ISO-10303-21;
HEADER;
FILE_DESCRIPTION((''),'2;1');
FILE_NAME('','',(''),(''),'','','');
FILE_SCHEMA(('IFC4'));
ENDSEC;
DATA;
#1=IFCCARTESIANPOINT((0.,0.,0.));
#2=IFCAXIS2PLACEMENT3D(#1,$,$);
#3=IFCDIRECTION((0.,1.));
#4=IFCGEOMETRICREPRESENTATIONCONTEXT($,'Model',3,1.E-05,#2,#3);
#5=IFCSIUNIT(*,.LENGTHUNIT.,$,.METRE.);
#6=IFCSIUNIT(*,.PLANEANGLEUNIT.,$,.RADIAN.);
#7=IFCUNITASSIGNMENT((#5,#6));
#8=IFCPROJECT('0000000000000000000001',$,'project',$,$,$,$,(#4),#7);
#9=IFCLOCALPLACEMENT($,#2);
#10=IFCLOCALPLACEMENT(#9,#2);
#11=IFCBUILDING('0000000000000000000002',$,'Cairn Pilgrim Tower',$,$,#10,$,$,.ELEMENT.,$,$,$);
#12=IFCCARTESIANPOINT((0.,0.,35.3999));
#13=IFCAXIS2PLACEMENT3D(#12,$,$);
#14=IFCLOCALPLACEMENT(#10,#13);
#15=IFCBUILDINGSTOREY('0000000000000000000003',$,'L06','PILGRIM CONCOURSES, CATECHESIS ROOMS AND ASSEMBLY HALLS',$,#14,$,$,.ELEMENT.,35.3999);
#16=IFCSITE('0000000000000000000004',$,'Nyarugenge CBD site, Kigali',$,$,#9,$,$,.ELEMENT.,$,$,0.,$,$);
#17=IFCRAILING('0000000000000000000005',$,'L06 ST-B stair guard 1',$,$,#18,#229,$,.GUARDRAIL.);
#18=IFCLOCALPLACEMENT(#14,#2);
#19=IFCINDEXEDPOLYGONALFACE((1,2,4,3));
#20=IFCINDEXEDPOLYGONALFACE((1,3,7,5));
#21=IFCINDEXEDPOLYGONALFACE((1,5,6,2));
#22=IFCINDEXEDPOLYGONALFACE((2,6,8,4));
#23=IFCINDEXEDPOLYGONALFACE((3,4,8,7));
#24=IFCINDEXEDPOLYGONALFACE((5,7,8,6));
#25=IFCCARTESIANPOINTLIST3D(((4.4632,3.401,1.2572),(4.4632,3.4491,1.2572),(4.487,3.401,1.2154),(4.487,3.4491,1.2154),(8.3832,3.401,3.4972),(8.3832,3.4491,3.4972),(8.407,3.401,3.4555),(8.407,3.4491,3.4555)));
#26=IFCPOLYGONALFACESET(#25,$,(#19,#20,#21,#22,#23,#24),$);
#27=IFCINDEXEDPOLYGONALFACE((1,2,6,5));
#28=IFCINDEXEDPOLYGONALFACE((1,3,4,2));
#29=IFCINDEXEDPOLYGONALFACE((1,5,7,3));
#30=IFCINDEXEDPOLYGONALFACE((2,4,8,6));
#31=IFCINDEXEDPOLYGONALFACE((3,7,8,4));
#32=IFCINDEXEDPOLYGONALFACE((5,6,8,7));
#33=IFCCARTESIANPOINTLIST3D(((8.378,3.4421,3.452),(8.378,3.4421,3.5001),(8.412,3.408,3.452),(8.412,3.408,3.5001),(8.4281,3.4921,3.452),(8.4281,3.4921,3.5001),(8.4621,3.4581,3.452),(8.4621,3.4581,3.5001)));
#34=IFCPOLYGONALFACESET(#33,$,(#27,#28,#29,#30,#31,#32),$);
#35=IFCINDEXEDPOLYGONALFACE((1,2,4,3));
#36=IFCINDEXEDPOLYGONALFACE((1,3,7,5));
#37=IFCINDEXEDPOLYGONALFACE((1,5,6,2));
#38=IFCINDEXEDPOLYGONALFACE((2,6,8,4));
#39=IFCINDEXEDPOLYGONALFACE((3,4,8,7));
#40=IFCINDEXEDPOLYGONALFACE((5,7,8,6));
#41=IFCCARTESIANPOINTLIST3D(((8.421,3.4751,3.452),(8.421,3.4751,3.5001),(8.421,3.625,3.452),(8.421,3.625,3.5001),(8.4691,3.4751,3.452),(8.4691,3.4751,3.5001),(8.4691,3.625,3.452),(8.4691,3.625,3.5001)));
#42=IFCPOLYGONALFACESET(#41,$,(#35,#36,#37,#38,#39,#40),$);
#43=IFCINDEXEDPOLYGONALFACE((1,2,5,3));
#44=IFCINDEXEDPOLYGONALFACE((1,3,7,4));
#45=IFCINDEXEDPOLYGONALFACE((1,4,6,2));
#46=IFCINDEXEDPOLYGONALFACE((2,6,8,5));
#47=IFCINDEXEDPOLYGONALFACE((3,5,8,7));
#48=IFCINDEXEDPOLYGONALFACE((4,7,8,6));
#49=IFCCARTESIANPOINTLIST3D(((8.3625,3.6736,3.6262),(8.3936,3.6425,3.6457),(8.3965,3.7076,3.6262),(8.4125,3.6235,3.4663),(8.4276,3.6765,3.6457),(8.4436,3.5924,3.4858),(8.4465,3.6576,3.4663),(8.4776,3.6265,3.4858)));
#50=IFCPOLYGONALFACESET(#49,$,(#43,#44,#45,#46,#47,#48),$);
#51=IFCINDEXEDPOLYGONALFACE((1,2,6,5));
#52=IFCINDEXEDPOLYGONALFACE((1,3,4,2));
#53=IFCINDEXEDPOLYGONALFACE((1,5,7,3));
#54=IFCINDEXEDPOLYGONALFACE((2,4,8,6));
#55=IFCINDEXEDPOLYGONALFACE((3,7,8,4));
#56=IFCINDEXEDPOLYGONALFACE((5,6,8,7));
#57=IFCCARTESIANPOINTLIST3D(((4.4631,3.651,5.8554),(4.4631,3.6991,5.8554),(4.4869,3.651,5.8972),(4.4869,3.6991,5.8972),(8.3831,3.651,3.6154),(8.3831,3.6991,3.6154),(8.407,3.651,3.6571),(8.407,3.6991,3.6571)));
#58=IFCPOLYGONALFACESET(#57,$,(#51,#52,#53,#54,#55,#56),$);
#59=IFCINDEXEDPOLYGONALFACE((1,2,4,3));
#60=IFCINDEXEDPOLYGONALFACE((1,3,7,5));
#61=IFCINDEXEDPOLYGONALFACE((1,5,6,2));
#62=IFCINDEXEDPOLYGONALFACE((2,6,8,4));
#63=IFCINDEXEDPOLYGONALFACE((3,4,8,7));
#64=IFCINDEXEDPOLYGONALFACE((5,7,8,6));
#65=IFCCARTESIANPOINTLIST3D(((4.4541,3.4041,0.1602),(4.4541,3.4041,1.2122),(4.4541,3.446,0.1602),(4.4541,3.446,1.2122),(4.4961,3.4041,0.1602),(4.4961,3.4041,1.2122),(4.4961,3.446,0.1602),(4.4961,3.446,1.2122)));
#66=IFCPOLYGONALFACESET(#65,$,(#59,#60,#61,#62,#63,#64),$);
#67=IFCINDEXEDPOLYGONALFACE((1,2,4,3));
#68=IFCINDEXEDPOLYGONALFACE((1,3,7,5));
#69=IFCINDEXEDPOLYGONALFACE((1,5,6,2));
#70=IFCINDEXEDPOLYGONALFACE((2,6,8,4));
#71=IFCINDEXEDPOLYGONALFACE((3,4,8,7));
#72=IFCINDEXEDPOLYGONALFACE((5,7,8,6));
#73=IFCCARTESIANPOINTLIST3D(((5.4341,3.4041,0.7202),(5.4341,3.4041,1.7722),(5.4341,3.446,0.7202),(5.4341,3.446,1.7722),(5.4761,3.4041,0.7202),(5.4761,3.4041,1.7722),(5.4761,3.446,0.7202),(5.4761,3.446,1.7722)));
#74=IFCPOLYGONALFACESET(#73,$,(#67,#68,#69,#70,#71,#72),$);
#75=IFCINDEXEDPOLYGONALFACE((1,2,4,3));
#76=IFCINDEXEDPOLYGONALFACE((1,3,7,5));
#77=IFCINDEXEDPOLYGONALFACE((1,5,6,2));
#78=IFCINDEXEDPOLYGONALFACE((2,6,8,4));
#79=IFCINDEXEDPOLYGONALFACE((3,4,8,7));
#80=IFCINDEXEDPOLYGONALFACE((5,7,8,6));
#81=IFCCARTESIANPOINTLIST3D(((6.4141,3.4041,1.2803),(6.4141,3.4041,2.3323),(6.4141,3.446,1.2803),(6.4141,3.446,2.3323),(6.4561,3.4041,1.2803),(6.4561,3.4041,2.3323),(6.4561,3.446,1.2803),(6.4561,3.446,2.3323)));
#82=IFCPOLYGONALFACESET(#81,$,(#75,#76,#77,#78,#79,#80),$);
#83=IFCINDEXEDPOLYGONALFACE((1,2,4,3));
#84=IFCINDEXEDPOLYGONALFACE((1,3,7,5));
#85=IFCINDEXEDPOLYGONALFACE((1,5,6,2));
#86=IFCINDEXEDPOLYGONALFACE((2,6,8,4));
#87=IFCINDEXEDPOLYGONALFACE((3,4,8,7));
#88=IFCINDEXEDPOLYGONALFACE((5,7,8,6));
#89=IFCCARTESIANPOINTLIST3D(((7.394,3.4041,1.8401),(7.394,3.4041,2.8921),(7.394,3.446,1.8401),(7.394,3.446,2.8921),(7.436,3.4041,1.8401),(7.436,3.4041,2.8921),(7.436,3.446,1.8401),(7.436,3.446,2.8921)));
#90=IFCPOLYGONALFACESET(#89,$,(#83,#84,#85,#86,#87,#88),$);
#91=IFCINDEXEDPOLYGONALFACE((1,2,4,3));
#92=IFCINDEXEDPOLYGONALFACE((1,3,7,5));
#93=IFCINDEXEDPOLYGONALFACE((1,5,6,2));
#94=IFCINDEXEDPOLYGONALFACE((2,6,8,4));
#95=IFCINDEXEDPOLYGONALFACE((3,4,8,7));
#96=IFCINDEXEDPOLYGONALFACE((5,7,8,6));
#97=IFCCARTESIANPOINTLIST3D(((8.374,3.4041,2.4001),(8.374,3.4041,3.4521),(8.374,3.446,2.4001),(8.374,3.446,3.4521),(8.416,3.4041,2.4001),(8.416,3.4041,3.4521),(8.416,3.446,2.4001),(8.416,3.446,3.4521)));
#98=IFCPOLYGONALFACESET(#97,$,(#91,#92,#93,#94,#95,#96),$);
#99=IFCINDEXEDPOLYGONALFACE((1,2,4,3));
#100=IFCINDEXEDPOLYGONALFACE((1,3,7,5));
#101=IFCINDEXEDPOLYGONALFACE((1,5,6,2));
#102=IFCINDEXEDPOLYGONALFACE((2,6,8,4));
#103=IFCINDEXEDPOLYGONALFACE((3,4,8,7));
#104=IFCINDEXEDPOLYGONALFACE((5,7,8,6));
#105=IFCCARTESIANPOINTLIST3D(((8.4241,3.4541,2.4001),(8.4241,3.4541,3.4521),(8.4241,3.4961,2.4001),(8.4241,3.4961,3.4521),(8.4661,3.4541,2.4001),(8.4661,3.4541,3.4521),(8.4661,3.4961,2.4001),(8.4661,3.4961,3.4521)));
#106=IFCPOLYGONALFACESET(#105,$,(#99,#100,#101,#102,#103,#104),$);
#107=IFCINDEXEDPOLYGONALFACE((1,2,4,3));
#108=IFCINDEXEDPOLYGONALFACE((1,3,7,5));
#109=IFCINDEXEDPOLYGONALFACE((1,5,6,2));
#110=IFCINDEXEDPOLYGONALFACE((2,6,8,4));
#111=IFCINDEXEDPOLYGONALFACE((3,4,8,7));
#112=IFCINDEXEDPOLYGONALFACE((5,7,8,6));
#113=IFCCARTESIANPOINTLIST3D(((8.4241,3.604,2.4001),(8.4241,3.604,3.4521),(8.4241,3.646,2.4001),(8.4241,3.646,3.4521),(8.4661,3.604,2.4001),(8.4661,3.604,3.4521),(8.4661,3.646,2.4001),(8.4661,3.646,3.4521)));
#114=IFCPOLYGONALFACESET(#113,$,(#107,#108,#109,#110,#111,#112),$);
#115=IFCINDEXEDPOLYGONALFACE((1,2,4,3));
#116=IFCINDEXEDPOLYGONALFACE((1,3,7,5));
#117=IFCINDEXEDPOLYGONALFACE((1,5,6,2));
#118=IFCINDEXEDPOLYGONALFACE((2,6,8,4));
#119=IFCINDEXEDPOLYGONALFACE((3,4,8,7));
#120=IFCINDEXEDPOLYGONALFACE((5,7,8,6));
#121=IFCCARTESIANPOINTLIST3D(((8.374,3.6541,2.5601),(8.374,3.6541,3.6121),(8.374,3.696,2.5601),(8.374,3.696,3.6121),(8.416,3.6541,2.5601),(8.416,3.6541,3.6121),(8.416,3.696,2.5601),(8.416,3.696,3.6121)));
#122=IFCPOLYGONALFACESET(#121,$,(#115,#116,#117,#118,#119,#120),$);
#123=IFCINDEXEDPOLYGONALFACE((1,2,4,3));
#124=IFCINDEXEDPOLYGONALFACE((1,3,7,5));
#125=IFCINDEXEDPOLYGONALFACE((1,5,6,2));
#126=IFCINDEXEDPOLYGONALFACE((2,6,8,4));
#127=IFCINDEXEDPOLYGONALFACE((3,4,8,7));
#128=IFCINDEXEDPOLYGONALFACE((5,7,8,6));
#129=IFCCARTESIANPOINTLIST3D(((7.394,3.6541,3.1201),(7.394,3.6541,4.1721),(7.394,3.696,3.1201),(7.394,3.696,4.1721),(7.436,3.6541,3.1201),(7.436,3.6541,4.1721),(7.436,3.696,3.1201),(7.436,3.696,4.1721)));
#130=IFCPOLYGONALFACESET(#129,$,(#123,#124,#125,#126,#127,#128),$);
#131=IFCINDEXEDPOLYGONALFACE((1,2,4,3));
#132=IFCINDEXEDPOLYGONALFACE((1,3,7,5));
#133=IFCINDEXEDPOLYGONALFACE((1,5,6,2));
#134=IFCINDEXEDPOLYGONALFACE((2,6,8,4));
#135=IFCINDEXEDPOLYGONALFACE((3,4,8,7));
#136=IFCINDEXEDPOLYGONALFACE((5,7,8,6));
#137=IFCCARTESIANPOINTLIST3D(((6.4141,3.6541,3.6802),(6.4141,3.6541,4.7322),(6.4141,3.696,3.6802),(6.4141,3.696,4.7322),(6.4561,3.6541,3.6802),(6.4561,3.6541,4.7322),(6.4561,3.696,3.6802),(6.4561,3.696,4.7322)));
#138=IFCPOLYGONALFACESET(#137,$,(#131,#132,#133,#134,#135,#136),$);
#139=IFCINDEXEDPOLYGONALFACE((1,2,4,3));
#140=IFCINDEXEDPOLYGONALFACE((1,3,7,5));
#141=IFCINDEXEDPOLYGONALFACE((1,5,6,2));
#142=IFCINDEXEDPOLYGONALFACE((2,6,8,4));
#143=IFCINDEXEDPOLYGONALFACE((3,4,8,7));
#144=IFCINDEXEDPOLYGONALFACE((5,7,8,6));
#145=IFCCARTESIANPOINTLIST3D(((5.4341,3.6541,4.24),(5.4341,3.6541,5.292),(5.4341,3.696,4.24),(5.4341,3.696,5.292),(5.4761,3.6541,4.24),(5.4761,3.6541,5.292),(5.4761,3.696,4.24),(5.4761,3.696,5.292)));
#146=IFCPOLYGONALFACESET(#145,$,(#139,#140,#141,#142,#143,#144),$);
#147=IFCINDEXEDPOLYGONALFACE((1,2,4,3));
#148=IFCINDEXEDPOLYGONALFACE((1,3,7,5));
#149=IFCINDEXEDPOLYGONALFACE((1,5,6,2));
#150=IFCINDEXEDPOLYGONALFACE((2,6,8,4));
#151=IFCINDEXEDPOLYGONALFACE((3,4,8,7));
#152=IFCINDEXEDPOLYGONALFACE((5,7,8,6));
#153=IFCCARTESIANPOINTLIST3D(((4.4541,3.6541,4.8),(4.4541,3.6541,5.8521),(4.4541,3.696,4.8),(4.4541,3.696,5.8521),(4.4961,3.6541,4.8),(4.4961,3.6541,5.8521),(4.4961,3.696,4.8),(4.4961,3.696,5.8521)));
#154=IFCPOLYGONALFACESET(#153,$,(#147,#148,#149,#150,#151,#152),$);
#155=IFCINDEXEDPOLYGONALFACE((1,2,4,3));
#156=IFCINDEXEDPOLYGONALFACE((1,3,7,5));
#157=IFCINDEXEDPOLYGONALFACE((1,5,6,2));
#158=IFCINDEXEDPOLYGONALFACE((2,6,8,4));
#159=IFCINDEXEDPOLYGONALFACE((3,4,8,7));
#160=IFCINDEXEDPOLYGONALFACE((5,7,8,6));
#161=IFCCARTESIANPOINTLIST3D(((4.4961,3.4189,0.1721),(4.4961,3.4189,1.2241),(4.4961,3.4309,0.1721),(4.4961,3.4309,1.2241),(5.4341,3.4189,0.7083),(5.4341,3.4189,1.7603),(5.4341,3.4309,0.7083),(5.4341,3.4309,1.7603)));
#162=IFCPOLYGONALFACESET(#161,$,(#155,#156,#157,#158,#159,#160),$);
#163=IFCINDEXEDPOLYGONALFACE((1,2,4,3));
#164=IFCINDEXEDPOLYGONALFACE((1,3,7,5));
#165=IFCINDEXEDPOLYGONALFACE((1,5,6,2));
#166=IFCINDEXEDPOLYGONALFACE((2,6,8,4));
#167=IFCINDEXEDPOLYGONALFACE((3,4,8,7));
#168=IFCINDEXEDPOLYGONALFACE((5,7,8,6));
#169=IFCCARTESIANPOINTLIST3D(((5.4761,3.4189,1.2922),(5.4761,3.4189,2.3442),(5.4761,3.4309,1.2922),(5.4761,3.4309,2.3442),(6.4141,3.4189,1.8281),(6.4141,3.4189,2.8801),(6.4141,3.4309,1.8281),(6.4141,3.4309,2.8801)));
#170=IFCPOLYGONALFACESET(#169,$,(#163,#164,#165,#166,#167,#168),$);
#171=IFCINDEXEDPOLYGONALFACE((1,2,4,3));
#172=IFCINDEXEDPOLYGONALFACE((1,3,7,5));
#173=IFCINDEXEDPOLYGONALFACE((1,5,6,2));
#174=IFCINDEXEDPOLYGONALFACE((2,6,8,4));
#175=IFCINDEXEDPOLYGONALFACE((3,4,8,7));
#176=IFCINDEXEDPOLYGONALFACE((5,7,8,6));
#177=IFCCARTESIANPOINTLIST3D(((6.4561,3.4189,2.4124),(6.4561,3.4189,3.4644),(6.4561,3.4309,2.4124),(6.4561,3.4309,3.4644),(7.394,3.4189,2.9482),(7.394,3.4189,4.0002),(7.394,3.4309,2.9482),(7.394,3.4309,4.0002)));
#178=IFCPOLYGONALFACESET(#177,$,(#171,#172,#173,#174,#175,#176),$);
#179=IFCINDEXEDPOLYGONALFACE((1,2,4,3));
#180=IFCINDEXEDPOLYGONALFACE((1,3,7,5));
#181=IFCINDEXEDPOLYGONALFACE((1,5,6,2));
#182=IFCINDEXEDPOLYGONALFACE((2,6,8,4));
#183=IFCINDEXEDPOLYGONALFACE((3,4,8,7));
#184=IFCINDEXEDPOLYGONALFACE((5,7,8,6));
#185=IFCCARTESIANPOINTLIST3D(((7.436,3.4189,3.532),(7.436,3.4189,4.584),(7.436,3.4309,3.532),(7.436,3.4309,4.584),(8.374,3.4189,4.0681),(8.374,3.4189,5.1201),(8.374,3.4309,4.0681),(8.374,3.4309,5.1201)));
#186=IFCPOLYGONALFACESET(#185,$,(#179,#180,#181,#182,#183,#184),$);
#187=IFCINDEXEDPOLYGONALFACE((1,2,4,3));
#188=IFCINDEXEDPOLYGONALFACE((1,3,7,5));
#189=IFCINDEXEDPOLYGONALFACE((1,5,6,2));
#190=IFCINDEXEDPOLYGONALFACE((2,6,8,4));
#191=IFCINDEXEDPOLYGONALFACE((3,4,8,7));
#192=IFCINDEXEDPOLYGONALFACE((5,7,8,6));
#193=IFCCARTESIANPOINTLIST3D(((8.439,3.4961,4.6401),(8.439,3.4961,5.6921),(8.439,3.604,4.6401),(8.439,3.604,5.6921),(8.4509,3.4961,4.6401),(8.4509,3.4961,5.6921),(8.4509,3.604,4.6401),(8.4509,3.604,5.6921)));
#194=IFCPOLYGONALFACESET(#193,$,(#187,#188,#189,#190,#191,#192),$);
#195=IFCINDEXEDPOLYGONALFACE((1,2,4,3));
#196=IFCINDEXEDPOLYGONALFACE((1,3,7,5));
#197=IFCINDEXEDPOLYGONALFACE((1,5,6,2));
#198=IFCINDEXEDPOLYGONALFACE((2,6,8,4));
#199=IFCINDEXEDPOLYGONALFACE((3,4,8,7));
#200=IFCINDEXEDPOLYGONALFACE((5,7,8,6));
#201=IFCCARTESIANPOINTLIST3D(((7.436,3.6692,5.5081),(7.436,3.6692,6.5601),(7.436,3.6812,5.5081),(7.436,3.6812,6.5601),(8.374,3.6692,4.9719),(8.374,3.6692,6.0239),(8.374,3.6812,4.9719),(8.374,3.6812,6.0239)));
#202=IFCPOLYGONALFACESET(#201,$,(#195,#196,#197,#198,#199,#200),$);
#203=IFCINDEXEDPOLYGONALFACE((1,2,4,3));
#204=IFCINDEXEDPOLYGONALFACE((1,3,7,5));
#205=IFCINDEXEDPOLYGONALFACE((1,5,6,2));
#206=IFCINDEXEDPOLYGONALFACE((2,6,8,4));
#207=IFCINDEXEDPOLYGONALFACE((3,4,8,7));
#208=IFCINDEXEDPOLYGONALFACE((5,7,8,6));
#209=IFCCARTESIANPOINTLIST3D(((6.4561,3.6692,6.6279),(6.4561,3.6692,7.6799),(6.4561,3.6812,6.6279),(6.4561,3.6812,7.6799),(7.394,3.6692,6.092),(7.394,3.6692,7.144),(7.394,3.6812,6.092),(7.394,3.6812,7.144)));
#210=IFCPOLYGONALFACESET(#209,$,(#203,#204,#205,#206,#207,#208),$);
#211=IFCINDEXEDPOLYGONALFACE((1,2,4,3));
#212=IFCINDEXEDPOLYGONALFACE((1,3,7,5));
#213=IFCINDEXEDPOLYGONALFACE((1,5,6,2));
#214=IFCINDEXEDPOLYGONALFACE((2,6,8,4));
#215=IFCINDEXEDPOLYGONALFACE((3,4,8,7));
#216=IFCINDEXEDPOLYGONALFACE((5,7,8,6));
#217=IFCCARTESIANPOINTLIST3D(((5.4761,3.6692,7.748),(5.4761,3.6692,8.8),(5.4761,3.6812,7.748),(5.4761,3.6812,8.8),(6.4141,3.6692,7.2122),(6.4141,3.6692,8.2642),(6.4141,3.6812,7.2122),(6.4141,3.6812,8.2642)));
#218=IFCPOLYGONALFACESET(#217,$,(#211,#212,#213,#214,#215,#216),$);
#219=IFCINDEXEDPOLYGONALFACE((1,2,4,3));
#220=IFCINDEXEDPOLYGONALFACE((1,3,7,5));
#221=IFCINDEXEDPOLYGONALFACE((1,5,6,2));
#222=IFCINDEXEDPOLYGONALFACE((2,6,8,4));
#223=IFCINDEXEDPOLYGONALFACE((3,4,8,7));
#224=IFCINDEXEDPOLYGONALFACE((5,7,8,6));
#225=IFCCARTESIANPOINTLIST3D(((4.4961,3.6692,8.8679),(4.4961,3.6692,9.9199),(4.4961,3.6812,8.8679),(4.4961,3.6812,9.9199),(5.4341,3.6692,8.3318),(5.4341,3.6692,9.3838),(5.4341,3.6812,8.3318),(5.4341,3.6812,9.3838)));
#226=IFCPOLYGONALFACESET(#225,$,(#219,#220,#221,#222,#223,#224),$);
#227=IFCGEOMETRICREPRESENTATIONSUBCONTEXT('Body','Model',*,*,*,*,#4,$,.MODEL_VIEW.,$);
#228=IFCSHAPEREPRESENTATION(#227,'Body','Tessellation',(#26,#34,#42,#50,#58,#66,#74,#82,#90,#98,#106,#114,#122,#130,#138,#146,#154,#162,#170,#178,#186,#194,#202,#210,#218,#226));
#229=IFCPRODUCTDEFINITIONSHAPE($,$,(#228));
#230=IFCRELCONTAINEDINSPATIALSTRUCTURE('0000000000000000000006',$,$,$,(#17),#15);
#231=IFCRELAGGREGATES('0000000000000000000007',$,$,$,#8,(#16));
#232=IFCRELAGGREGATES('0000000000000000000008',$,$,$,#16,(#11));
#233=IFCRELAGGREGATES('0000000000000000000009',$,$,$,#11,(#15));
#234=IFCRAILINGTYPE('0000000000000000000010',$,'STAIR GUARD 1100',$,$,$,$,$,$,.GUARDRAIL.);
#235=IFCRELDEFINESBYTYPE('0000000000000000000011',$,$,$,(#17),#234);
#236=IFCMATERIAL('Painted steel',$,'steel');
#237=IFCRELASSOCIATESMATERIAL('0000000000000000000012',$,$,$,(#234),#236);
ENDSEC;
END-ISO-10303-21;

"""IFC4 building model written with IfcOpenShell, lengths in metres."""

from ifc_helpers import new_model, si_unit, direction, frame, origin, origin_2d, place, context, subcontext, project, spatial, polyline, rectangle, outline, extrude, material, type_object, element, save


model = new_model("IFC4")

# Units and contexts
model_context = context("Model", 3, precision=1e-05, world=origin(), true_north=direction((0.0, 1.0)))
body_context = subcontext(model_context, "Body", "Model", "MODEL_VIEW")
ifc_project = project(units=[si_unit("LENGTHUNIT", "METRE"), si_unit("PLANEANGLEUNIT", "RADIAN")], contexts=[model_context])

# Site, building, storey
site_placement = place(None, origin())
site = spatial("IfcSite", under=ifc_project, at=site_placement, Name="Nyarugenge CBD site, Kigali", CompositionType="ELEMENT", RefElevation=0.0)
building_placement = place(site_placement, origin())
building = spatial("IfcBuilding", under=site, at=building_placement, Name="Cairn Pilgrim Tower", CompositionType="ELEMENT")
storey_placement = place(building_placement, frame((0.0, 0.0, 35.3999)))
storey = spatial("IfcBuildingStorey", under=building, at=storey_placement, Name="L06", Description="PILGRIM CONCOURSES, CATECHESIS ROOMS AND ASSEMBLY HALLS", CompositionType="ELEMENT", Elevation=35.3999)

# Shared definitions
ifc_material_1 = material(Name="Painted steel", Category="steel")

# Railing
railing_type_1 = type_object("IfcRailingType", Name="STAIR GUARD 1100", PredefinedType="GUARDRAIL", material=ifc_material_1)
railing_1_placement = place(storey_placement, frame((4.4751, 3.425, 0.1602)))
element("IfcRailing", 1, at=railing_1_placement, inside=storey, type_object=railing_type_1, Name="L06 ST-B stair guard 1", PredefinedType="GUARDRAIL", context=body_context, shape_type="SweptSolid", body=[
    extrude(rectangle(XDim=0.0481, YDim=0.0481, at=origin_2d()), frame((0.0, 0.0, 1.0762), z_axis=(0.86824, 0.0, 0.496145), x_axis=(0.0, 1.0, 0.0)), (0.0, 0.0, 1.0), 4.5149),
    extrude(rectangle(XDim=0.0481, YDim=0.0481, at=origin_2d()), frame((3.9199, 0.0, 3.3159), z_axis=(0.707107, 0.707107, 0.0), x_axis=(-0.707107, 0.707107, 0.0)), (0.0, 0.0, 1.0), 0.0708),
    extrude(rectangle(XDim=0.0481, YDim=0.0481, at=origin_2d()), frame((3.97, 0.05, 3.3159), z_axis=(0.0, 1.0, 0.0), x_axis=(-1.0, 0.0, 0.0)), (0.0, 0.0, 1.0), 0.1499),
    extrude(rectangle(XDim=0.0481, YDim=0.0481, at=origin_2d()), frame((3.97, 0.2, 3.3159), z_axis=(-0.286196, 0.286196, 0.914431), x_axis=(-0.707107, -0.707107, 0.0)), (0.0, 0.0, 1.0), 0.1748),
    extrude(rectangle(XDim=0.0481, YDim=0.0481, at=origin_2d()), frame((3.9199, 0.25, 3.4761), z_axis=(-0.86824, 0.0, 0.496145), x_axis=(0.0, -1.0, 0.0)), (0.0, 0.0, 1.0), 4.5149),
    extrude(rectangle(XDim=0.042, YDim=0.042, at=origin_2d()), origin(), (0.0, 0.0, 1.0), 1.052),
    extrude(rectangle(XDim=0.042, YDim=0.042, at=origin_2d()), frame((0.98, 0.0, 0.5601)), (0.0, 0.0, 1.0), 1.052),
    extrude(rectangle(XDim=0.042, YDim=0.042, at=origin_2d()), frame((1.96, 0.0, 1.1201)), (0.0, 0.0, 1.0), 1.052),
    extrude(rectangle(XDim=0.042, YDim=0.042, at=origin_2d()), frame((2.9399, 0.0, 1.6799)), (0.0, 0.0, 1.0), 1.052),
    extrude(rectangle(XDim=0.042, YDim=0.042, at=origin_2d()), frame((3.9199, 0.0, 2.24)), (0.0, 0.0, 1.0), 1.052),
    extrude(rectangle(XDim=0.042, YDim=0.042, at=origin_2d()), frame((3.97, 0.05, 2.24)), (0.0, 0.0, 1.0), 1.052),
    extrude(rectangle(XDim=0.042, YDim=0.042, at=origin_2d()), frame((3.97, 0.2, 2.24)), (0.0, 0.0, 1.0), 1.052),
    extrude(rectangle(XDim=0.042, YDim=0.042, at=origin_2d()), frame((3.9199, 0.25, 2.3999)), (0.0, 0.0, 1.0), 1.052),
    extrude(rectangle(XDim=0.042, YDim=0.042, at=origin_2d()), frame((2.9399, 0.25, 2.96)), (0.0, 0.0, 1.0), 1.052),
    extrude(rectangle(XDim=0.042, YDim=0.042, at=origin_2d()), frame((1.96, 0.25, 3.52)), (0.0, 0.0, 1.0), 1.052),
    extrude(rectangle(XDim=0.042, YDim=0.042, at=origin_2d()), frame((0.98, 0.25, 4.0798)), (0.0, 0.0, 1.0), 1.052),
    extrude(rectangle(XDim=0.042, YDim=0.042, at=origin_2d()), frame((0.0, 0.25, 4.6399)), (0.0, 0.0, 1.0), 1.052),
    extrude(outline(polyline([(0.021, 0.012), (0.959, 0.5481), (0.959, 1.6001), (0.021, 1.064), (0.021, 0.012)])), frame((0.0, 0.0059, 0.0), z_axis=(0.0, -1.0, 0.0), x_axis=(1.0, 0.0, 0.0)), (0.0, 0.0, 1.0), 0.012),
    extrude(outline(polyline([(0.021, 0.572), (0.959, 1.1079), (0.959, 2.1599), (0.021, 1.624), (0.021, 0.572)])), frame((0.98, 0.0059, 0.5601), z_axis=(0.0, -1.0, 0.0), x_axis=(1.0, 0.0, 0.0)), (0.0, 0.0, 1.0), 0.012),
    extrude(outline(polyline([(0.021, 1.1321), (0.959, 1.668), (0.959, 2.72), (0.021, 2.1841), (0.021, 1.1321)])), frame((1.96, 0.0059, 1.1201), z_axis=(0.0, -1.0, 0.0), x_axis=(1.0, 0.0, 0.0)), (0.0, 0.0, 1.0), 0.012),
    extrude(outline(polyline([(0.021, 1.6919), (0.959, 2.228), (0.959, 3.28), (0.021, 2.7439), (0.021, 1.6919)])), frame((2.9399, 0.0059, 1.6799), z_axis=(0.0, -1.0, 0.0), x_axis=(1.0, 0.0, 0.0)), (0.0, 0.0, 1.0), 0.012),
    extrude(outline(polyline([(0.021, 2.24), (0.1289, 2.24), (0.1289, 3.292), (0.021, 3.292), (0.021, 2.24)])), frame((3.9639, 0.05, 2.24), z_axis=(1.0, 0.0, 0.0), x_axis=(0.0, 1.0, 0.0)), (0.0, 0.0, 1.0), 0.012),
    extrude(outline(polyline([(0.021, 2.4119), (0.959, 2.948), (0.959, 4.0), (0.021, 3.4639), (0.021, 2.4119)])), frame((3.9199, 0.2441, 2.3999), z_axis=(0.0, 1.0, 0.0), x_axis=(-1.0, 0.0, 0.0)), (0.0, 0.0, 1.0), 0.012),
    extrude(outline(polyline([(0.021, 2.9719), (0.959, 3.5078), (0.959, 4.5598), (0.021, 4.0239), (0.021, 2.9719)])), frame((2.9399, 0.2441, 2.96), z_axis=(0.0, 1.0, 0.0), x_axis=(-1.0, 0.0, 0.0)), (0.0, 0.0, 1.0), 0.012),
    extrude(outline(polyline([(0.021, 3.532), (0.959, 4.0679), (0.959, 5.1199), (0.021, 4.584), (0.021, 3.532)])), frame((1.96, 0.2441, 3.52), z_axis=(0.0, 1.0, 0.0), x_axis=(-1.0, 0.0, 0.0)), (0.0, 0.0, 1.0), 0.012),
    extrude(outline(polyline([(0.021, 4.0918), (0.959, 4.6279), (0.959, 5.6799), (0.021, 5.1438), (0.021, 4.0918)])), frame((0.98, 0.2441, 4.0798), z_axis=(0.0, 1.0, 0.0), x_axis=(-1.0, 0.0, 0.0)), (0.0, 0.0, 1.0), 0.012),
])

save(model, "model.ifc")
